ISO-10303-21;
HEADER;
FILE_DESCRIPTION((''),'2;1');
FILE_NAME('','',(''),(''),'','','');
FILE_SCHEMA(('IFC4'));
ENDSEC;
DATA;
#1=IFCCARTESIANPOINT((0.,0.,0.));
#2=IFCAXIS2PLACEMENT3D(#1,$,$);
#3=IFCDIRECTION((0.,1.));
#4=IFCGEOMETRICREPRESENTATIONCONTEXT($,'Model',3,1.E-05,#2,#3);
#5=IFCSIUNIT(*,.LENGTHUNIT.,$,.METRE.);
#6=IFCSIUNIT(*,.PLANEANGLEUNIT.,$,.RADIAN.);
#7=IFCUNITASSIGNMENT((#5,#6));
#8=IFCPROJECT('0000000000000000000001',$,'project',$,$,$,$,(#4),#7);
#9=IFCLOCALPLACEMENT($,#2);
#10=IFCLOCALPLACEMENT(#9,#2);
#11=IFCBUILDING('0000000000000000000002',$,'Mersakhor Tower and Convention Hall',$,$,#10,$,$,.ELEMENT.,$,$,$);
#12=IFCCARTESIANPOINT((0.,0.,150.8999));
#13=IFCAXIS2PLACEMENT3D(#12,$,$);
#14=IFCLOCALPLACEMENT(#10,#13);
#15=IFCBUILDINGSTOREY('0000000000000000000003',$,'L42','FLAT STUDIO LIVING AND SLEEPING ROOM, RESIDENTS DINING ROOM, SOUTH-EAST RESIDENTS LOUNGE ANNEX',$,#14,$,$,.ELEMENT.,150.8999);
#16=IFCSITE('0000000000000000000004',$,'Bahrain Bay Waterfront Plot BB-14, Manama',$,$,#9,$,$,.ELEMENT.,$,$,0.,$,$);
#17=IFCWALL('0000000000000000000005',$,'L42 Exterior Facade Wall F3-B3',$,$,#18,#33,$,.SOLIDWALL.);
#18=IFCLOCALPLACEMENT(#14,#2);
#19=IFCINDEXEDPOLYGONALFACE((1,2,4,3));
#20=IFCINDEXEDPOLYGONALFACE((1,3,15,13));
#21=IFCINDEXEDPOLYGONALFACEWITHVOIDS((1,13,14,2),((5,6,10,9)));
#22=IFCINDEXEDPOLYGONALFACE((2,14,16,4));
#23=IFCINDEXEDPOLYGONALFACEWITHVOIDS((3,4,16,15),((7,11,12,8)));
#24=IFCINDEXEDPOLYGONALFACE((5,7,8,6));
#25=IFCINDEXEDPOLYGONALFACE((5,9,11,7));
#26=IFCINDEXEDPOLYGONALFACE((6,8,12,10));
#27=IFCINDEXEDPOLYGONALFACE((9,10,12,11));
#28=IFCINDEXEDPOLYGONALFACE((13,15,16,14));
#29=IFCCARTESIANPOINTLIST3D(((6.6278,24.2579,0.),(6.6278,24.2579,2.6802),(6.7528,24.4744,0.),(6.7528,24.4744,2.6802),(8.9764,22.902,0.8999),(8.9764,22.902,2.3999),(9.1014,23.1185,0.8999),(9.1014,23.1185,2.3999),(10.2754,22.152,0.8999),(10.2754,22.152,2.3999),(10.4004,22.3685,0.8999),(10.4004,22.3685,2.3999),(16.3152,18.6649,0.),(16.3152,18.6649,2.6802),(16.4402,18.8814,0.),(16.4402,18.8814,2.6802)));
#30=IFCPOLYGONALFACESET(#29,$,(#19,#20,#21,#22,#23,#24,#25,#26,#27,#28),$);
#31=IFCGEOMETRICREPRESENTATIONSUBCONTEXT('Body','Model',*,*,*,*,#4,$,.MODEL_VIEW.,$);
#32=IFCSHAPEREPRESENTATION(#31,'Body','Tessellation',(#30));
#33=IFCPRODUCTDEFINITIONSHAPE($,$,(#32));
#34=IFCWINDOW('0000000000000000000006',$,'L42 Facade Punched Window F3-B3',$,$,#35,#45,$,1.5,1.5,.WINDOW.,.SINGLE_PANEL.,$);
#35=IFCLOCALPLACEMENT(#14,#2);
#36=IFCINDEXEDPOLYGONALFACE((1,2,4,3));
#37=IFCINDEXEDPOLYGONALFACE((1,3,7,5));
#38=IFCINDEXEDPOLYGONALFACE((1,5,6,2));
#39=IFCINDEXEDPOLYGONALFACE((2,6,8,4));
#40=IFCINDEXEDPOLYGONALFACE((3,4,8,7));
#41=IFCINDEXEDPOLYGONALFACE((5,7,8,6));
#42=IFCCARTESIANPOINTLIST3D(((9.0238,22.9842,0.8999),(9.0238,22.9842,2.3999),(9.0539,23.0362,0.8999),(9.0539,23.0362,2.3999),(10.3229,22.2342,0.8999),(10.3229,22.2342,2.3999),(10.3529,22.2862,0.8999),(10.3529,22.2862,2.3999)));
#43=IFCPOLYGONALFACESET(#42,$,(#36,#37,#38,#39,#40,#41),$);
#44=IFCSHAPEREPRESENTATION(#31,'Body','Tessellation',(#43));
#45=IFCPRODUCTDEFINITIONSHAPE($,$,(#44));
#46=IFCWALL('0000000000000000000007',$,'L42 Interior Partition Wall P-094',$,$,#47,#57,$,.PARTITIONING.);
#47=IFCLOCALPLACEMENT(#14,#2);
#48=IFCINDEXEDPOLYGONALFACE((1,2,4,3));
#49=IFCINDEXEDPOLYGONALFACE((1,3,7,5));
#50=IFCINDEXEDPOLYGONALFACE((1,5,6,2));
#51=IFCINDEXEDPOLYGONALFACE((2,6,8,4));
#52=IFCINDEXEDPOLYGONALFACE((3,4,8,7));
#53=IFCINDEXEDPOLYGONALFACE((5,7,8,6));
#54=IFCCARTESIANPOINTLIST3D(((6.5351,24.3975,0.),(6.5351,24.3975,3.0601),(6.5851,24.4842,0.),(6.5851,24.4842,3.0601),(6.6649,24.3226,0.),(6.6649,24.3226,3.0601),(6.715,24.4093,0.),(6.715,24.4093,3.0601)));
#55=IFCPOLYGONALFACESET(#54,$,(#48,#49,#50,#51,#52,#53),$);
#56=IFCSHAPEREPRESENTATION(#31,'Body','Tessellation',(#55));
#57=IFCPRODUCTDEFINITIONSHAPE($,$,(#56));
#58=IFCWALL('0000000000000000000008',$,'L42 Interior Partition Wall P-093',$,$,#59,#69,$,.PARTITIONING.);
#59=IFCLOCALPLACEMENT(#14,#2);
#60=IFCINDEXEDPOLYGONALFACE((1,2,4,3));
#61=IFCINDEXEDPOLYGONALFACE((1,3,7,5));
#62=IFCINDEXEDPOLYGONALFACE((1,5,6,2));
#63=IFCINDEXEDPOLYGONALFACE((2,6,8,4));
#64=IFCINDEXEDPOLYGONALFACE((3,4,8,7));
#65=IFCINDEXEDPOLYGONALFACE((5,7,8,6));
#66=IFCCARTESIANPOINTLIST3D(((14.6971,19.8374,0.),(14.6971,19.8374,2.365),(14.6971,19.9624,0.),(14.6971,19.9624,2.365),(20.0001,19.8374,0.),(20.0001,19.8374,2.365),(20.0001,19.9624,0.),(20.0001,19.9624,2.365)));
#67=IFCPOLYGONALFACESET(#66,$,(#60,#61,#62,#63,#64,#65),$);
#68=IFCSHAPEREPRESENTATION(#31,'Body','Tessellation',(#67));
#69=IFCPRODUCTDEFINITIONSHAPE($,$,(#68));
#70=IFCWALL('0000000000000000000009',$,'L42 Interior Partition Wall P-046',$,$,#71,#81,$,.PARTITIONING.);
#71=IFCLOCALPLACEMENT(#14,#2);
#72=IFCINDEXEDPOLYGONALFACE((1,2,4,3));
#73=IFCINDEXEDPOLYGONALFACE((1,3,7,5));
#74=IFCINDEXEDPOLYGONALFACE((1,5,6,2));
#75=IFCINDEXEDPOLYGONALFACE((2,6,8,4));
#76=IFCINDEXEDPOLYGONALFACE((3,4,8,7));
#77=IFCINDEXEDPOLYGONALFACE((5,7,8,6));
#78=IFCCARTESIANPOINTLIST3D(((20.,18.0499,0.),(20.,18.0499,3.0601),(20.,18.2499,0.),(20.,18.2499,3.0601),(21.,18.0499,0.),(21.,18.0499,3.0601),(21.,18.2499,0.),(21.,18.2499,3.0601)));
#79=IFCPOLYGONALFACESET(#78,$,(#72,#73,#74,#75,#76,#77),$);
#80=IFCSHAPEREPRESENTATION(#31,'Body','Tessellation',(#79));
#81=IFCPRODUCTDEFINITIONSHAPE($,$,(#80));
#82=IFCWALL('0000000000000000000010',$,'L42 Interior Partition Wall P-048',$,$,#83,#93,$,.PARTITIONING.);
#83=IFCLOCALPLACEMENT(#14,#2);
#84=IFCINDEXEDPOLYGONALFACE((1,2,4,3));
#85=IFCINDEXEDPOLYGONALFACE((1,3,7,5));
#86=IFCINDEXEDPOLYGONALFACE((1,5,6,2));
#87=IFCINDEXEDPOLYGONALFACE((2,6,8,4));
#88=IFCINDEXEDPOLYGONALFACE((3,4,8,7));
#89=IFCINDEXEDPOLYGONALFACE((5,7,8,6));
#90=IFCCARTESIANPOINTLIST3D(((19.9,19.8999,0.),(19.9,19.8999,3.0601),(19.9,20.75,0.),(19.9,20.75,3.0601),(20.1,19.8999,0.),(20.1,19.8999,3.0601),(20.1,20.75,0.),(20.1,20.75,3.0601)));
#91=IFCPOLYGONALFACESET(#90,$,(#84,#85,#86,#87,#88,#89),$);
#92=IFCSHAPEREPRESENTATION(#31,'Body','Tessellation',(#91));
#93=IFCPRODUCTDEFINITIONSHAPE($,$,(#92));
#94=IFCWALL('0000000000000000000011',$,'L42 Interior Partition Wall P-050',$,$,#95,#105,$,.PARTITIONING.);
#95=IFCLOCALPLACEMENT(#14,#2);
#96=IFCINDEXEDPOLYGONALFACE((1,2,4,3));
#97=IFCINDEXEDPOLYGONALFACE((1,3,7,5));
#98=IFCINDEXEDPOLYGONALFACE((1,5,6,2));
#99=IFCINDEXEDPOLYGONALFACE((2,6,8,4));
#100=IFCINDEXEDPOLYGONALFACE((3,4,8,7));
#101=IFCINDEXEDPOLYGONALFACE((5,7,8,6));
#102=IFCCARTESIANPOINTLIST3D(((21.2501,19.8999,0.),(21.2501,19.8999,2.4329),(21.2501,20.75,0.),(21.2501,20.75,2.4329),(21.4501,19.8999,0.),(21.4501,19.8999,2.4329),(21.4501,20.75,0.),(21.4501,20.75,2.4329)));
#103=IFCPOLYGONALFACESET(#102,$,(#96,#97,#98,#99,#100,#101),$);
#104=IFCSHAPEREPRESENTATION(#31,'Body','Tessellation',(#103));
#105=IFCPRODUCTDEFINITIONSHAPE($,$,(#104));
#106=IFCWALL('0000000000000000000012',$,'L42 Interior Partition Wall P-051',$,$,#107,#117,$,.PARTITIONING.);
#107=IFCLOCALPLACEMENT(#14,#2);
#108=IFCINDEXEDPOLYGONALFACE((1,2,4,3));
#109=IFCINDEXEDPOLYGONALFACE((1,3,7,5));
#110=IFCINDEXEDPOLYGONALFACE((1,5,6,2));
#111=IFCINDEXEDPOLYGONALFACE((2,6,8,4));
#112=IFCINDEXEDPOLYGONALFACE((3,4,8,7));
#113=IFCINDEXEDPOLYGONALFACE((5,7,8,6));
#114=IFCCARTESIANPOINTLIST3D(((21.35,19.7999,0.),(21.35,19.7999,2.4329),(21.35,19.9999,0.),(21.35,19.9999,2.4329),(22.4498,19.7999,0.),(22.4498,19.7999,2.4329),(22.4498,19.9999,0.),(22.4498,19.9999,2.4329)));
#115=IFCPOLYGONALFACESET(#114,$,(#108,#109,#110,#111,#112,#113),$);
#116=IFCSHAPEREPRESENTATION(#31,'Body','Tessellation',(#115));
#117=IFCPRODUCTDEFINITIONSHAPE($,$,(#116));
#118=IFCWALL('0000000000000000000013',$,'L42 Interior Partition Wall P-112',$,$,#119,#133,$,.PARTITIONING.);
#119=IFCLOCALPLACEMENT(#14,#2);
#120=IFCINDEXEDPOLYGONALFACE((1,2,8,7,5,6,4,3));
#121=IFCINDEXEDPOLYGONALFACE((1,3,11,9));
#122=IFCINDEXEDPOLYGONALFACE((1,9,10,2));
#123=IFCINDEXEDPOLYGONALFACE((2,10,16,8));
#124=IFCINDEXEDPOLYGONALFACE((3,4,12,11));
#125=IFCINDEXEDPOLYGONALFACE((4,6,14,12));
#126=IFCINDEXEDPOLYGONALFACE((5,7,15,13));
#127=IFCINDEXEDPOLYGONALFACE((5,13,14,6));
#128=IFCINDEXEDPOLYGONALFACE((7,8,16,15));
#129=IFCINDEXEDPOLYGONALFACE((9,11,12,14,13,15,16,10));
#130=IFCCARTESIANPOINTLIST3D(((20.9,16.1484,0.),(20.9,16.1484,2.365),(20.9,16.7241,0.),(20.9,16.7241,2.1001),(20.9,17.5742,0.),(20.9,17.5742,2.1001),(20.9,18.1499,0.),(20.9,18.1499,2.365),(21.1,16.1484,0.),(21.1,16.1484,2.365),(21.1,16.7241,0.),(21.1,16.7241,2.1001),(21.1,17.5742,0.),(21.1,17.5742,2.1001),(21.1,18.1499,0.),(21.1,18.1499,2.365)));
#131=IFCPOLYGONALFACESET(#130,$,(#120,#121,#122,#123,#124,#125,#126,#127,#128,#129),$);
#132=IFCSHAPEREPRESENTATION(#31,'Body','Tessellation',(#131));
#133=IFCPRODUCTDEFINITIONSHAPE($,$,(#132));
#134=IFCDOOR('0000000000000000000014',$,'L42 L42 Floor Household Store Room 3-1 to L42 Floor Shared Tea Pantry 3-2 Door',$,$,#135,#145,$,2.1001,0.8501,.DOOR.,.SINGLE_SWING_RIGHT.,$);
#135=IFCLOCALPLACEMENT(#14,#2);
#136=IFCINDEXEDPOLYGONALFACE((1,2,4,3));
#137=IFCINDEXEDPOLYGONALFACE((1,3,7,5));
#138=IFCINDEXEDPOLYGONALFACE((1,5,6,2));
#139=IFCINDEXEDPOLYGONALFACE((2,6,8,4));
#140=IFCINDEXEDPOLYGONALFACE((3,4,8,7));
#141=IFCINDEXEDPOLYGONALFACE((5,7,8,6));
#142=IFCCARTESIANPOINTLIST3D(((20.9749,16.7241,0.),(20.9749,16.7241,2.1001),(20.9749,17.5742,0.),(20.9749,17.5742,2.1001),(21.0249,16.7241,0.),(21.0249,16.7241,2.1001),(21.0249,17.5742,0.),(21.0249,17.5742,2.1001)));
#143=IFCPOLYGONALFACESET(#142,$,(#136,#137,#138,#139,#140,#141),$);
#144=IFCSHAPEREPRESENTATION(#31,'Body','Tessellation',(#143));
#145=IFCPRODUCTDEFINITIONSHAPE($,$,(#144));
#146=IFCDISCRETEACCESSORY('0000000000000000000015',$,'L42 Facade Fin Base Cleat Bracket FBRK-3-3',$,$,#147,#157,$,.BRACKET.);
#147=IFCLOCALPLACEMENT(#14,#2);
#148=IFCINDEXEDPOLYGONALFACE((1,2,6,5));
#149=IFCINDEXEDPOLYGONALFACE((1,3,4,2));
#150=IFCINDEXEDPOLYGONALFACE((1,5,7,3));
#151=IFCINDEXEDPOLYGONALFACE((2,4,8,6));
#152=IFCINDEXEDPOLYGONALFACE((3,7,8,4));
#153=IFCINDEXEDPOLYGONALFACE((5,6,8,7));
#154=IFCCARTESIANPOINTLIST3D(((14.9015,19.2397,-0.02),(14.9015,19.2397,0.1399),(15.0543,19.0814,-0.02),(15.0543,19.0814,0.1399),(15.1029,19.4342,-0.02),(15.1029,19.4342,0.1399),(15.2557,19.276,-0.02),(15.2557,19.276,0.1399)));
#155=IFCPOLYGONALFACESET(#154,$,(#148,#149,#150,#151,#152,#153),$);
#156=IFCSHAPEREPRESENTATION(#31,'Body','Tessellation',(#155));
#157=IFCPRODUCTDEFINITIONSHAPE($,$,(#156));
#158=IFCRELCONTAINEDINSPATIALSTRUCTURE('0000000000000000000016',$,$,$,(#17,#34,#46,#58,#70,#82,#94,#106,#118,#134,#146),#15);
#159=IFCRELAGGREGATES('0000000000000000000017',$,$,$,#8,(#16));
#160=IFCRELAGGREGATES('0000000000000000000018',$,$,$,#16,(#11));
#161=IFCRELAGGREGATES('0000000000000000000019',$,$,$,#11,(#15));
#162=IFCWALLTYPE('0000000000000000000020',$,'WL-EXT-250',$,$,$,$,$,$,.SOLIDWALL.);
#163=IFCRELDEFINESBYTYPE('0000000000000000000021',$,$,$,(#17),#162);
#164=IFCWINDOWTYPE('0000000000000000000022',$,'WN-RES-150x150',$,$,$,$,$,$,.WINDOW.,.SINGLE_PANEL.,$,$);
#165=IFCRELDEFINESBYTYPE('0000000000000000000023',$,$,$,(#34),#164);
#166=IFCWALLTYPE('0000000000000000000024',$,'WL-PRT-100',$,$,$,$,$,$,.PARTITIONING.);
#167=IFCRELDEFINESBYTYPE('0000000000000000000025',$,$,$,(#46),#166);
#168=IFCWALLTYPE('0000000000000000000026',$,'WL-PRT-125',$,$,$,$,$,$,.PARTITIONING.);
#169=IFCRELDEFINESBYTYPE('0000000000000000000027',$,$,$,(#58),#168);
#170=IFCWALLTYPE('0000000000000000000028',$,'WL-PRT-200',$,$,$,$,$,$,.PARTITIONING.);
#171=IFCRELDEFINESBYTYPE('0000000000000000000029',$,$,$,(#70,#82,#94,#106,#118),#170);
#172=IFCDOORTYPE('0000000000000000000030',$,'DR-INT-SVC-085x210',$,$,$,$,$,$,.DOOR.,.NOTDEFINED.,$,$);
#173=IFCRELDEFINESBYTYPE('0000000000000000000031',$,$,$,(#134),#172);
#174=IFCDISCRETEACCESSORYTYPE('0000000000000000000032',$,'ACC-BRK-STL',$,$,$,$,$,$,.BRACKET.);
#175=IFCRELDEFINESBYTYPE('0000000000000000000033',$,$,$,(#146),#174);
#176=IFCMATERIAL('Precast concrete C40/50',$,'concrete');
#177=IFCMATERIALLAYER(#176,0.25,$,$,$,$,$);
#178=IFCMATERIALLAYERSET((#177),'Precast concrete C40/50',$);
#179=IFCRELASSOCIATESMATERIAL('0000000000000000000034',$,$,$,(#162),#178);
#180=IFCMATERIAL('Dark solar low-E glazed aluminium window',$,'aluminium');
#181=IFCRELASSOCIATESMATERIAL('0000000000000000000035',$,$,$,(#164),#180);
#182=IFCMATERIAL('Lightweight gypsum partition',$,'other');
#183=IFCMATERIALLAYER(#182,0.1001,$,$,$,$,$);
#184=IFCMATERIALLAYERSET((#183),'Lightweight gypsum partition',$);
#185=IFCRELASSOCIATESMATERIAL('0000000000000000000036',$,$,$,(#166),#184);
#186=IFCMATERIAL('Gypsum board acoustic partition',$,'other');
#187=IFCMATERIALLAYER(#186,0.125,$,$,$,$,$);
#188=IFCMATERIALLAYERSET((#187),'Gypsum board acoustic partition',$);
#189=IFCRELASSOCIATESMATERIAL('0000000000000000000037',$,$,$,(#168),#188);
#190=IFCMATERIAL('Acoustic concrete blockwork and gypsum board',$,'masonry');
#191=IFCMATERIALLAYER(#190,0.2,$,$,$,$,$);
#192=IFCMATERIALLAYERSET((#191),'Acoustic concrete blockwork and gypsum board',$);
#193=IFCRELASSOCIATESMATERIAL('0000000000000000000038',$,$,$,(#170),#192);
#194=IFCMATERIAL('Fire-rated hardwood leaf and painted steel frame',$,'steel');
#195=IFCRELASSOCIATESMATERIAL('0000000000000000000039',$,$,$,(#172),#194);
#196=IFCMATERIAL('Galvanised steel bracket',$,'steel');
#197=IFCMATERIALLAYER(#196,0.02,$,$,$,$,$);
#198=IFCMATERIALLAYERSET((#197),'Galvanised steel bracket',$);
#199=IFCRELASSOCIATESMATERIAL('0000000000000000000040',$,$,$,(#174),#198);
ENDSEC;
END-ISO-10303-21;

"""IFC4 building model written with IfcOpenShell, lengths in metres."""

from ifc_helpers import new_model, si_unit, direction, frame, frame_2d, origin, origin_2d, place, context, subcontext, project, spatial, rectangle, extrude, material, layer, layer_set, type_object, element, fill, save


model = new_model("IFC4")

# Units and contexts
model_context = context("Model", 3, precision=1e-05, world=origin(), true_north=direction((0.0, 1.0)))
body_context = subcontext(model_context, "Body", "Model", "MODEL_VIEW")
ifc_project = project(units=[si_unit("LENGTHUNIT", "METRE"), si_unit("PLANEANGLEUNIT", "RADIAN")], contexts=[model_context])

# Site, building, storey
site_placement = place(None, origin())
site = spatial("IfcSite", under=ifc_project, at=site_placement, Name="Bahrain Bay Waterfront Plot BB-14, Manama", CompositionType="ELEMENT", RefElevation=0.0)
building_placement = place(site_placement, origin())
building = spatial("IfcBuilding", under=site, at=building_placement, Name="Mersakhor Tower and Convention Hall", CompositionType="ELEMENT")
storey_placement = place(building_placement, frame((0.0, 0.0, 150.8999)))
storey = spatial("IfcBuildingStorey", under=building, at=storey_placement, Name="L42", Description="FLAT STUDIO LIVING AND SLEEPING ROOM, RESIDENTS DINING ROOM, SOUTH-EAST RESIDENTS LOUNGE ANNEX", CompositionType="ELEMENT", Elevation=150.8999)

# Shared definitions
ifc_material_1 = material(Name="Precast concrete C40/50", Category="concrete")
ifc_layer_1 = layer(ifc_material_1, 0.25)
ifc_layer_set_1 = layer_set([ifc_layer_1], Name="Precast concrete C40/50")
wall_type_1 = type_object("IfcWallType", Name="WL-EXT-250", PredefinedType="SOLIDWALL", material=ifc_layer_set_1)

# Wall, opening, window
wall_1_placement = place(storey_placement, frame((16.3777, 18.7732, 0.0), z_axis=(0.0, 0.0, 1.0), x_axis=(-0.866028, 0.499996, 0.0)))
wall_1 = element("IfcWall", 1, at=wall_1_placement, inside=storey, type_object=wall_type_1, Name="L42 Exterior Facade Wall F3-B3", PredefinedType="SOLIDWALL", context=body_context, shape_type="SweptSolid", body=[
    extrude(rectangle(XDim=11.186, YDim=0.25, at=frame_2d((5.593, 0.0))), origin(), (0.0, 0.0, 1.0), 2.6802),
])
opening_1_placement = place(wall_1_placement, frame((6.9741, 0.0, 0.8999)))
opening_1 = element("IfcOpeningElement", 2, at=opening_1_placement, cuts=wall_1, PredefinedType="OPENING", context=body_context, shape_type="SweptSolid", body=[
    extrude(rectangle(XDim=1.5, YDim=1.5, at=frame_2d((0.75, 0.75))), frame((0.0, 0.135, 0.0), z_axis=(0.0, -1.0, 0.0), x_axis=(1.0, 0.0, 0.0)), (0.0, 0.0, 1.0), 0.27),
])
ifc_material_2 = material(Name="Dark solar low-E glazed aluminium window", Category="aluminium")
window_type = type_object("IfcWindowType", Name="WN-RES-150x150", PartitioningType="SINGLE_PANEL", PredefinedType="WINDOW", material=ifc_material_2)
window_placement = place(opening_1_placement, origin())
window = element("IfcWindow", 3, at=window_placement, inside=storey, type_object=window_type, Name="L42 Facade Punched Window F3-B3", OverallHeight=1.5, OverallWidth=1.5, PartitioningType="SINGLE_PANEL", PredefinedType="WINDOW", context=body_context, shape_type="SweptSolid", body=[
    extrude(rectangle(XDim=1.5, YDim=1.5, at=frame_2d((0.75, 0.75))), frame((0.0, 0.03, 0.0), z_axis=(0.0, -1.0, 0.0), x_axis=(1.0, 0.0, 0.0)), (0.0, 0.0, 1.0), 0.0601),
])
fill(opening_1, window)

# Walls
ifc_material_3 = material(Name="Lightweight gypsum partition", Category="other")
ifc_layer_2 = layer(ifc_material_3, 0.1001)
ifc_layer_set_2 = layer_set([ifc_layer_2], Name="Lightweight gypsum partition")
wall_type_2 = type_object("IfcWallType", Name="WL-PRT-100", PredefinedType="PARTITIONING", material=ifc_layer_set_2)
wall_2_placement = place(storey_placement, frame((6.6899, 24.366, 0.0), z_axis=(0.0, 0.0, 1.0), x_axis=(-0.866131, 0.499816, 0.0)))
element("IfcWall", 4, at=wall_2_placement, inside=storey, type_object=wall_type_2, Name="L42 Interior Partition Wall P-094", PredefinedType="PARTITIONING", context=body_context, shape_type="SweptSolid", body=[
    extrude(rectangle(XDim=0.1499, YDim=0.1001, at=frame_2d((0.075, 0.0))), origin(), (0.0, 0.0, 1.0), 3.0601),
])
ifc_material_4 = material(Name="Gypsum board acoustic partition", Category="other")
ifc_layer_3 = layer(ifc_material_4, 0.125)
ifc_layer_set_3 = layer_set([ifc_layer_3], Name="Gypsum board acoustic partition")
wall_type_3 = type_object("IfcWallType", Name="WL-PRT-125", PredefinedType="PARTITIONING", material=ifc_layer_set_3)
wall_3_placement = place(storey_placement, frame((20.0, 19.8999, 0.0), z_axis=(0.0, 0.0, 1.0), x_axis=(-1.0, 0.0, 0.0)))
element("IfcWall", 5, at=wall_3_placement, inside=storey, type_object=wall_type_3, Name="L42 Interior Partition Wall P-093", PredefinedType="PARTITIONING", context=body_context, shape_type="SweptSolid", body=[
    extrude(rectangle(XDim=5.303, YDim=0.125, at=frame_2d((2.6514, 0.0))), origin(), (0.0, 0.0, 1.0), 2.365),
])
ifc_material_5 = material(Name="Acoustic concrete blockwork and gypsum board", Category="masonry")
ifc_layer_4 = layer(ifc_material_5, 0.2)
ifc_layer_set_4 = layer_set([ifc_layer_4], Name="Acoustic concrete blockwork and gypsum board")
wall_type_4 = type_object("IfcWallType", Name="WL-PRT-200", PredefinedType="PARTITIONING", material=ifc_layer_set_4)
wall_4_placement = place(storey_placement, frame((21.0, 18.1499, 0.0), z_axis=(0.0, 0.0, 1.0), x_axis=(-1.0, 0.0, 0.0)))
element("IfcWall", 6, at=wall_4_placement, inside=storey, type_object=wall_type_4, Name="L42 Interior Partition Wall P-046", PredefinedType="PARTITIONING", context=body_context, shape_type="SweptSolid", body=[
    extrude(rectangle(XDim=1.0, YDim=0.2, at=frame_2d((0.5, 0.0))), origin(), (0.0, 0.0, 1.0), 3.0601),
])
wall_5_placement = place(storey_placement, frame((20.0, 19.8999, 0.0), z_axis=(0.0, 0.0, 1.0), x_axis=(0.0, 1.0, 0.0)))
element("IfcWall", 7, at=wall_5_placement, inside=storey, type_object=wall_type_4, Name="L42 Interior Partition Wall P-048", PredefinedType="PARTITIONING", context=body_context, shape_type="SweptSolid", body=[
    extrude(rectangle(XDim=0.8501, YDim=0.2, at=frame_2d((0.425, 0.0))), origin(), (0.0, 0.0, 1.0), 3.0601),
])

# Walls
wall_6_placement = place(storey_placement, frame((21.3501, 20.75, 0.0), z_axis=(0.0, 0.0, 1.0), x_axis=(0.0, -1.0, 0.0)))
element("IfcWall", 8, at=wall_6_placement, inside=storey, type_object=wall_type_4, Name="L42 Interior Partition Wall P-050", PredefinedType="PARTITIONING", context=body_context, shape_type="SweptSolid", body=[
    extrude(rectangle(XDim=0.8501, YDim=0.2, at=frame_2d((0.425, 0.0))), origin(), (0.0, 0.0, 1.0), 2.4329),
])
wall_7_placement = place(storey_placement, frame((21.3501, 19.8999, 0.0), z_axis=(0.0, 0.0, 1.0), x_axis=(1.0, 0.0, 0.0)))
element("IfcWall", 9, at=wall_7_placement, inside=storey, type_object=wall_type_4, Name="L42 Interior Partition Wall P-051", PredefinedType="PARTITIONING", context=body_context, shape_type="SweptSolid", body=[
    extrude(rectangle(XDim=1.0999, YDim=0.2, at=frame_2d((0.5498, 0.0))), origin(), (0.0, 0.0, 1.0), 2.4329),
])

# Wall, opening, door
wall_8_placement = place(storey_placement, frame((21.0, 18.1499, 0.0), z_axis=(0.0, 0.0, 1.0), x_axis=(0.0, -1.0, 0.0)))
wall_8 = element("IfcWall", 10, at=wall_8_placement, inside=storey, type_object=wall_type_4, Name="L42 Interior Partition Wall P-112", PredefinedType="PARTITIONING", context=body_context, shape_type="SweptSolid", body=[
    extrude(rectangle(XDim=2.0015, YDim=0.2, at=frame_2d((1.0007, 0.0))), origin(), (0.0, 0.0, 1.0), 2.365),
])
opening_2_placement = place(wall_8_placement, frame((0.5757, 0.0, 0.0)))
opening_2 = element("IfcOpeningElement", 11, at=opening_2_placement, cuts=wall_8, PredefinedType="OPENING", context=body_context, shape_type="SweptSolid", body=[
    extrude(rectangle(XDim=0.8501, YDim=2.1001, at=frame_2d((0.425, 1.05))), frame((0.0, 0.1099, 0.0), z_axis=(0.0, -1.0, 0.0), x_axis=(1.0, 0.0, 0.0)), (0.0, 0.0, 1.0), 0.22),
])
ifc_material_6 = material(Name="Fire-rated hardwood leaf and painted steel frame", Category="steel")
door_type_1 = type_object("IfcDoorType", Name="DR-INT-SVC-085x210", OperationType="NOTDEFINED", PredefinedType="DOOR", material=ifc_material_6)
door_1_placement = place(opening_2_placement, origin())
door_1 = element("IfcDoor", 12, at=door_1_placement, inside=storey, type_object=door_type_1, Name="L42 L42 Floor Household Store Room 3-1 to L42 Floor Shared Tea Pantry 3-2 Door", OperationType="SINGLE_SWING_RIGHT", OverallHeight=2.1001, OverallWidth=0.8501, PredefinedType="DOOR", context=body_context, shape_type="SweptSolid", body=[
    extrude(rectangle(XDim=0.8501, YDim=2.1001, at=frame_2d((0.425, 1.05))), frame((0.0, 0.0249, 0.0), z_axis=(0.0, -1.0, 0.0), x_axis=(1.0, 0.0, 0.0)), (0.0, 0.0, 1.0), 0.05),
])
fill(opening_2, door_1)

# Discrete accessory
ifc_material_7 = material(Name="Galvanised steel bracket", Category="steel")
ifc_layer_5 = layer(ifc_material_7, 0.02)
ifc_layer_set_5 = layer_set([ifc_layer_5], Name="Galvanised steel bracket")
discrete_accessory_type = type_object("IfcDiscreteAccessoryType", Name="ACC-BRK-STL", PredefinedType="BRACKET", material=ifc_layer_set_5)
discrete_accessory_placement = place(storey_placement, frame((15.0786, 19.2578, -0.02), z_axis=(0.0, 0.0, 1.0), x_axis=(-0.71934, -0.694658, 0.0)))
element("IfcDiscreteAccessory", 13, at=discrete_accessory_placement, inside=storey, type_object=discrete_accessory_type, Name="L42 Facade Fin Base Cleat Bracket FBRK-3-3", PredefinedType="BRACKET", context=body_context, shape_type="SweptSolid", body=[
    extrude(rectangle(XDim=0.28, YDim=0.22, at=origin_2d()), origin(), (0.0, 0.0, 1.0), 0.1599),
])

save(model, "model.ifc")
